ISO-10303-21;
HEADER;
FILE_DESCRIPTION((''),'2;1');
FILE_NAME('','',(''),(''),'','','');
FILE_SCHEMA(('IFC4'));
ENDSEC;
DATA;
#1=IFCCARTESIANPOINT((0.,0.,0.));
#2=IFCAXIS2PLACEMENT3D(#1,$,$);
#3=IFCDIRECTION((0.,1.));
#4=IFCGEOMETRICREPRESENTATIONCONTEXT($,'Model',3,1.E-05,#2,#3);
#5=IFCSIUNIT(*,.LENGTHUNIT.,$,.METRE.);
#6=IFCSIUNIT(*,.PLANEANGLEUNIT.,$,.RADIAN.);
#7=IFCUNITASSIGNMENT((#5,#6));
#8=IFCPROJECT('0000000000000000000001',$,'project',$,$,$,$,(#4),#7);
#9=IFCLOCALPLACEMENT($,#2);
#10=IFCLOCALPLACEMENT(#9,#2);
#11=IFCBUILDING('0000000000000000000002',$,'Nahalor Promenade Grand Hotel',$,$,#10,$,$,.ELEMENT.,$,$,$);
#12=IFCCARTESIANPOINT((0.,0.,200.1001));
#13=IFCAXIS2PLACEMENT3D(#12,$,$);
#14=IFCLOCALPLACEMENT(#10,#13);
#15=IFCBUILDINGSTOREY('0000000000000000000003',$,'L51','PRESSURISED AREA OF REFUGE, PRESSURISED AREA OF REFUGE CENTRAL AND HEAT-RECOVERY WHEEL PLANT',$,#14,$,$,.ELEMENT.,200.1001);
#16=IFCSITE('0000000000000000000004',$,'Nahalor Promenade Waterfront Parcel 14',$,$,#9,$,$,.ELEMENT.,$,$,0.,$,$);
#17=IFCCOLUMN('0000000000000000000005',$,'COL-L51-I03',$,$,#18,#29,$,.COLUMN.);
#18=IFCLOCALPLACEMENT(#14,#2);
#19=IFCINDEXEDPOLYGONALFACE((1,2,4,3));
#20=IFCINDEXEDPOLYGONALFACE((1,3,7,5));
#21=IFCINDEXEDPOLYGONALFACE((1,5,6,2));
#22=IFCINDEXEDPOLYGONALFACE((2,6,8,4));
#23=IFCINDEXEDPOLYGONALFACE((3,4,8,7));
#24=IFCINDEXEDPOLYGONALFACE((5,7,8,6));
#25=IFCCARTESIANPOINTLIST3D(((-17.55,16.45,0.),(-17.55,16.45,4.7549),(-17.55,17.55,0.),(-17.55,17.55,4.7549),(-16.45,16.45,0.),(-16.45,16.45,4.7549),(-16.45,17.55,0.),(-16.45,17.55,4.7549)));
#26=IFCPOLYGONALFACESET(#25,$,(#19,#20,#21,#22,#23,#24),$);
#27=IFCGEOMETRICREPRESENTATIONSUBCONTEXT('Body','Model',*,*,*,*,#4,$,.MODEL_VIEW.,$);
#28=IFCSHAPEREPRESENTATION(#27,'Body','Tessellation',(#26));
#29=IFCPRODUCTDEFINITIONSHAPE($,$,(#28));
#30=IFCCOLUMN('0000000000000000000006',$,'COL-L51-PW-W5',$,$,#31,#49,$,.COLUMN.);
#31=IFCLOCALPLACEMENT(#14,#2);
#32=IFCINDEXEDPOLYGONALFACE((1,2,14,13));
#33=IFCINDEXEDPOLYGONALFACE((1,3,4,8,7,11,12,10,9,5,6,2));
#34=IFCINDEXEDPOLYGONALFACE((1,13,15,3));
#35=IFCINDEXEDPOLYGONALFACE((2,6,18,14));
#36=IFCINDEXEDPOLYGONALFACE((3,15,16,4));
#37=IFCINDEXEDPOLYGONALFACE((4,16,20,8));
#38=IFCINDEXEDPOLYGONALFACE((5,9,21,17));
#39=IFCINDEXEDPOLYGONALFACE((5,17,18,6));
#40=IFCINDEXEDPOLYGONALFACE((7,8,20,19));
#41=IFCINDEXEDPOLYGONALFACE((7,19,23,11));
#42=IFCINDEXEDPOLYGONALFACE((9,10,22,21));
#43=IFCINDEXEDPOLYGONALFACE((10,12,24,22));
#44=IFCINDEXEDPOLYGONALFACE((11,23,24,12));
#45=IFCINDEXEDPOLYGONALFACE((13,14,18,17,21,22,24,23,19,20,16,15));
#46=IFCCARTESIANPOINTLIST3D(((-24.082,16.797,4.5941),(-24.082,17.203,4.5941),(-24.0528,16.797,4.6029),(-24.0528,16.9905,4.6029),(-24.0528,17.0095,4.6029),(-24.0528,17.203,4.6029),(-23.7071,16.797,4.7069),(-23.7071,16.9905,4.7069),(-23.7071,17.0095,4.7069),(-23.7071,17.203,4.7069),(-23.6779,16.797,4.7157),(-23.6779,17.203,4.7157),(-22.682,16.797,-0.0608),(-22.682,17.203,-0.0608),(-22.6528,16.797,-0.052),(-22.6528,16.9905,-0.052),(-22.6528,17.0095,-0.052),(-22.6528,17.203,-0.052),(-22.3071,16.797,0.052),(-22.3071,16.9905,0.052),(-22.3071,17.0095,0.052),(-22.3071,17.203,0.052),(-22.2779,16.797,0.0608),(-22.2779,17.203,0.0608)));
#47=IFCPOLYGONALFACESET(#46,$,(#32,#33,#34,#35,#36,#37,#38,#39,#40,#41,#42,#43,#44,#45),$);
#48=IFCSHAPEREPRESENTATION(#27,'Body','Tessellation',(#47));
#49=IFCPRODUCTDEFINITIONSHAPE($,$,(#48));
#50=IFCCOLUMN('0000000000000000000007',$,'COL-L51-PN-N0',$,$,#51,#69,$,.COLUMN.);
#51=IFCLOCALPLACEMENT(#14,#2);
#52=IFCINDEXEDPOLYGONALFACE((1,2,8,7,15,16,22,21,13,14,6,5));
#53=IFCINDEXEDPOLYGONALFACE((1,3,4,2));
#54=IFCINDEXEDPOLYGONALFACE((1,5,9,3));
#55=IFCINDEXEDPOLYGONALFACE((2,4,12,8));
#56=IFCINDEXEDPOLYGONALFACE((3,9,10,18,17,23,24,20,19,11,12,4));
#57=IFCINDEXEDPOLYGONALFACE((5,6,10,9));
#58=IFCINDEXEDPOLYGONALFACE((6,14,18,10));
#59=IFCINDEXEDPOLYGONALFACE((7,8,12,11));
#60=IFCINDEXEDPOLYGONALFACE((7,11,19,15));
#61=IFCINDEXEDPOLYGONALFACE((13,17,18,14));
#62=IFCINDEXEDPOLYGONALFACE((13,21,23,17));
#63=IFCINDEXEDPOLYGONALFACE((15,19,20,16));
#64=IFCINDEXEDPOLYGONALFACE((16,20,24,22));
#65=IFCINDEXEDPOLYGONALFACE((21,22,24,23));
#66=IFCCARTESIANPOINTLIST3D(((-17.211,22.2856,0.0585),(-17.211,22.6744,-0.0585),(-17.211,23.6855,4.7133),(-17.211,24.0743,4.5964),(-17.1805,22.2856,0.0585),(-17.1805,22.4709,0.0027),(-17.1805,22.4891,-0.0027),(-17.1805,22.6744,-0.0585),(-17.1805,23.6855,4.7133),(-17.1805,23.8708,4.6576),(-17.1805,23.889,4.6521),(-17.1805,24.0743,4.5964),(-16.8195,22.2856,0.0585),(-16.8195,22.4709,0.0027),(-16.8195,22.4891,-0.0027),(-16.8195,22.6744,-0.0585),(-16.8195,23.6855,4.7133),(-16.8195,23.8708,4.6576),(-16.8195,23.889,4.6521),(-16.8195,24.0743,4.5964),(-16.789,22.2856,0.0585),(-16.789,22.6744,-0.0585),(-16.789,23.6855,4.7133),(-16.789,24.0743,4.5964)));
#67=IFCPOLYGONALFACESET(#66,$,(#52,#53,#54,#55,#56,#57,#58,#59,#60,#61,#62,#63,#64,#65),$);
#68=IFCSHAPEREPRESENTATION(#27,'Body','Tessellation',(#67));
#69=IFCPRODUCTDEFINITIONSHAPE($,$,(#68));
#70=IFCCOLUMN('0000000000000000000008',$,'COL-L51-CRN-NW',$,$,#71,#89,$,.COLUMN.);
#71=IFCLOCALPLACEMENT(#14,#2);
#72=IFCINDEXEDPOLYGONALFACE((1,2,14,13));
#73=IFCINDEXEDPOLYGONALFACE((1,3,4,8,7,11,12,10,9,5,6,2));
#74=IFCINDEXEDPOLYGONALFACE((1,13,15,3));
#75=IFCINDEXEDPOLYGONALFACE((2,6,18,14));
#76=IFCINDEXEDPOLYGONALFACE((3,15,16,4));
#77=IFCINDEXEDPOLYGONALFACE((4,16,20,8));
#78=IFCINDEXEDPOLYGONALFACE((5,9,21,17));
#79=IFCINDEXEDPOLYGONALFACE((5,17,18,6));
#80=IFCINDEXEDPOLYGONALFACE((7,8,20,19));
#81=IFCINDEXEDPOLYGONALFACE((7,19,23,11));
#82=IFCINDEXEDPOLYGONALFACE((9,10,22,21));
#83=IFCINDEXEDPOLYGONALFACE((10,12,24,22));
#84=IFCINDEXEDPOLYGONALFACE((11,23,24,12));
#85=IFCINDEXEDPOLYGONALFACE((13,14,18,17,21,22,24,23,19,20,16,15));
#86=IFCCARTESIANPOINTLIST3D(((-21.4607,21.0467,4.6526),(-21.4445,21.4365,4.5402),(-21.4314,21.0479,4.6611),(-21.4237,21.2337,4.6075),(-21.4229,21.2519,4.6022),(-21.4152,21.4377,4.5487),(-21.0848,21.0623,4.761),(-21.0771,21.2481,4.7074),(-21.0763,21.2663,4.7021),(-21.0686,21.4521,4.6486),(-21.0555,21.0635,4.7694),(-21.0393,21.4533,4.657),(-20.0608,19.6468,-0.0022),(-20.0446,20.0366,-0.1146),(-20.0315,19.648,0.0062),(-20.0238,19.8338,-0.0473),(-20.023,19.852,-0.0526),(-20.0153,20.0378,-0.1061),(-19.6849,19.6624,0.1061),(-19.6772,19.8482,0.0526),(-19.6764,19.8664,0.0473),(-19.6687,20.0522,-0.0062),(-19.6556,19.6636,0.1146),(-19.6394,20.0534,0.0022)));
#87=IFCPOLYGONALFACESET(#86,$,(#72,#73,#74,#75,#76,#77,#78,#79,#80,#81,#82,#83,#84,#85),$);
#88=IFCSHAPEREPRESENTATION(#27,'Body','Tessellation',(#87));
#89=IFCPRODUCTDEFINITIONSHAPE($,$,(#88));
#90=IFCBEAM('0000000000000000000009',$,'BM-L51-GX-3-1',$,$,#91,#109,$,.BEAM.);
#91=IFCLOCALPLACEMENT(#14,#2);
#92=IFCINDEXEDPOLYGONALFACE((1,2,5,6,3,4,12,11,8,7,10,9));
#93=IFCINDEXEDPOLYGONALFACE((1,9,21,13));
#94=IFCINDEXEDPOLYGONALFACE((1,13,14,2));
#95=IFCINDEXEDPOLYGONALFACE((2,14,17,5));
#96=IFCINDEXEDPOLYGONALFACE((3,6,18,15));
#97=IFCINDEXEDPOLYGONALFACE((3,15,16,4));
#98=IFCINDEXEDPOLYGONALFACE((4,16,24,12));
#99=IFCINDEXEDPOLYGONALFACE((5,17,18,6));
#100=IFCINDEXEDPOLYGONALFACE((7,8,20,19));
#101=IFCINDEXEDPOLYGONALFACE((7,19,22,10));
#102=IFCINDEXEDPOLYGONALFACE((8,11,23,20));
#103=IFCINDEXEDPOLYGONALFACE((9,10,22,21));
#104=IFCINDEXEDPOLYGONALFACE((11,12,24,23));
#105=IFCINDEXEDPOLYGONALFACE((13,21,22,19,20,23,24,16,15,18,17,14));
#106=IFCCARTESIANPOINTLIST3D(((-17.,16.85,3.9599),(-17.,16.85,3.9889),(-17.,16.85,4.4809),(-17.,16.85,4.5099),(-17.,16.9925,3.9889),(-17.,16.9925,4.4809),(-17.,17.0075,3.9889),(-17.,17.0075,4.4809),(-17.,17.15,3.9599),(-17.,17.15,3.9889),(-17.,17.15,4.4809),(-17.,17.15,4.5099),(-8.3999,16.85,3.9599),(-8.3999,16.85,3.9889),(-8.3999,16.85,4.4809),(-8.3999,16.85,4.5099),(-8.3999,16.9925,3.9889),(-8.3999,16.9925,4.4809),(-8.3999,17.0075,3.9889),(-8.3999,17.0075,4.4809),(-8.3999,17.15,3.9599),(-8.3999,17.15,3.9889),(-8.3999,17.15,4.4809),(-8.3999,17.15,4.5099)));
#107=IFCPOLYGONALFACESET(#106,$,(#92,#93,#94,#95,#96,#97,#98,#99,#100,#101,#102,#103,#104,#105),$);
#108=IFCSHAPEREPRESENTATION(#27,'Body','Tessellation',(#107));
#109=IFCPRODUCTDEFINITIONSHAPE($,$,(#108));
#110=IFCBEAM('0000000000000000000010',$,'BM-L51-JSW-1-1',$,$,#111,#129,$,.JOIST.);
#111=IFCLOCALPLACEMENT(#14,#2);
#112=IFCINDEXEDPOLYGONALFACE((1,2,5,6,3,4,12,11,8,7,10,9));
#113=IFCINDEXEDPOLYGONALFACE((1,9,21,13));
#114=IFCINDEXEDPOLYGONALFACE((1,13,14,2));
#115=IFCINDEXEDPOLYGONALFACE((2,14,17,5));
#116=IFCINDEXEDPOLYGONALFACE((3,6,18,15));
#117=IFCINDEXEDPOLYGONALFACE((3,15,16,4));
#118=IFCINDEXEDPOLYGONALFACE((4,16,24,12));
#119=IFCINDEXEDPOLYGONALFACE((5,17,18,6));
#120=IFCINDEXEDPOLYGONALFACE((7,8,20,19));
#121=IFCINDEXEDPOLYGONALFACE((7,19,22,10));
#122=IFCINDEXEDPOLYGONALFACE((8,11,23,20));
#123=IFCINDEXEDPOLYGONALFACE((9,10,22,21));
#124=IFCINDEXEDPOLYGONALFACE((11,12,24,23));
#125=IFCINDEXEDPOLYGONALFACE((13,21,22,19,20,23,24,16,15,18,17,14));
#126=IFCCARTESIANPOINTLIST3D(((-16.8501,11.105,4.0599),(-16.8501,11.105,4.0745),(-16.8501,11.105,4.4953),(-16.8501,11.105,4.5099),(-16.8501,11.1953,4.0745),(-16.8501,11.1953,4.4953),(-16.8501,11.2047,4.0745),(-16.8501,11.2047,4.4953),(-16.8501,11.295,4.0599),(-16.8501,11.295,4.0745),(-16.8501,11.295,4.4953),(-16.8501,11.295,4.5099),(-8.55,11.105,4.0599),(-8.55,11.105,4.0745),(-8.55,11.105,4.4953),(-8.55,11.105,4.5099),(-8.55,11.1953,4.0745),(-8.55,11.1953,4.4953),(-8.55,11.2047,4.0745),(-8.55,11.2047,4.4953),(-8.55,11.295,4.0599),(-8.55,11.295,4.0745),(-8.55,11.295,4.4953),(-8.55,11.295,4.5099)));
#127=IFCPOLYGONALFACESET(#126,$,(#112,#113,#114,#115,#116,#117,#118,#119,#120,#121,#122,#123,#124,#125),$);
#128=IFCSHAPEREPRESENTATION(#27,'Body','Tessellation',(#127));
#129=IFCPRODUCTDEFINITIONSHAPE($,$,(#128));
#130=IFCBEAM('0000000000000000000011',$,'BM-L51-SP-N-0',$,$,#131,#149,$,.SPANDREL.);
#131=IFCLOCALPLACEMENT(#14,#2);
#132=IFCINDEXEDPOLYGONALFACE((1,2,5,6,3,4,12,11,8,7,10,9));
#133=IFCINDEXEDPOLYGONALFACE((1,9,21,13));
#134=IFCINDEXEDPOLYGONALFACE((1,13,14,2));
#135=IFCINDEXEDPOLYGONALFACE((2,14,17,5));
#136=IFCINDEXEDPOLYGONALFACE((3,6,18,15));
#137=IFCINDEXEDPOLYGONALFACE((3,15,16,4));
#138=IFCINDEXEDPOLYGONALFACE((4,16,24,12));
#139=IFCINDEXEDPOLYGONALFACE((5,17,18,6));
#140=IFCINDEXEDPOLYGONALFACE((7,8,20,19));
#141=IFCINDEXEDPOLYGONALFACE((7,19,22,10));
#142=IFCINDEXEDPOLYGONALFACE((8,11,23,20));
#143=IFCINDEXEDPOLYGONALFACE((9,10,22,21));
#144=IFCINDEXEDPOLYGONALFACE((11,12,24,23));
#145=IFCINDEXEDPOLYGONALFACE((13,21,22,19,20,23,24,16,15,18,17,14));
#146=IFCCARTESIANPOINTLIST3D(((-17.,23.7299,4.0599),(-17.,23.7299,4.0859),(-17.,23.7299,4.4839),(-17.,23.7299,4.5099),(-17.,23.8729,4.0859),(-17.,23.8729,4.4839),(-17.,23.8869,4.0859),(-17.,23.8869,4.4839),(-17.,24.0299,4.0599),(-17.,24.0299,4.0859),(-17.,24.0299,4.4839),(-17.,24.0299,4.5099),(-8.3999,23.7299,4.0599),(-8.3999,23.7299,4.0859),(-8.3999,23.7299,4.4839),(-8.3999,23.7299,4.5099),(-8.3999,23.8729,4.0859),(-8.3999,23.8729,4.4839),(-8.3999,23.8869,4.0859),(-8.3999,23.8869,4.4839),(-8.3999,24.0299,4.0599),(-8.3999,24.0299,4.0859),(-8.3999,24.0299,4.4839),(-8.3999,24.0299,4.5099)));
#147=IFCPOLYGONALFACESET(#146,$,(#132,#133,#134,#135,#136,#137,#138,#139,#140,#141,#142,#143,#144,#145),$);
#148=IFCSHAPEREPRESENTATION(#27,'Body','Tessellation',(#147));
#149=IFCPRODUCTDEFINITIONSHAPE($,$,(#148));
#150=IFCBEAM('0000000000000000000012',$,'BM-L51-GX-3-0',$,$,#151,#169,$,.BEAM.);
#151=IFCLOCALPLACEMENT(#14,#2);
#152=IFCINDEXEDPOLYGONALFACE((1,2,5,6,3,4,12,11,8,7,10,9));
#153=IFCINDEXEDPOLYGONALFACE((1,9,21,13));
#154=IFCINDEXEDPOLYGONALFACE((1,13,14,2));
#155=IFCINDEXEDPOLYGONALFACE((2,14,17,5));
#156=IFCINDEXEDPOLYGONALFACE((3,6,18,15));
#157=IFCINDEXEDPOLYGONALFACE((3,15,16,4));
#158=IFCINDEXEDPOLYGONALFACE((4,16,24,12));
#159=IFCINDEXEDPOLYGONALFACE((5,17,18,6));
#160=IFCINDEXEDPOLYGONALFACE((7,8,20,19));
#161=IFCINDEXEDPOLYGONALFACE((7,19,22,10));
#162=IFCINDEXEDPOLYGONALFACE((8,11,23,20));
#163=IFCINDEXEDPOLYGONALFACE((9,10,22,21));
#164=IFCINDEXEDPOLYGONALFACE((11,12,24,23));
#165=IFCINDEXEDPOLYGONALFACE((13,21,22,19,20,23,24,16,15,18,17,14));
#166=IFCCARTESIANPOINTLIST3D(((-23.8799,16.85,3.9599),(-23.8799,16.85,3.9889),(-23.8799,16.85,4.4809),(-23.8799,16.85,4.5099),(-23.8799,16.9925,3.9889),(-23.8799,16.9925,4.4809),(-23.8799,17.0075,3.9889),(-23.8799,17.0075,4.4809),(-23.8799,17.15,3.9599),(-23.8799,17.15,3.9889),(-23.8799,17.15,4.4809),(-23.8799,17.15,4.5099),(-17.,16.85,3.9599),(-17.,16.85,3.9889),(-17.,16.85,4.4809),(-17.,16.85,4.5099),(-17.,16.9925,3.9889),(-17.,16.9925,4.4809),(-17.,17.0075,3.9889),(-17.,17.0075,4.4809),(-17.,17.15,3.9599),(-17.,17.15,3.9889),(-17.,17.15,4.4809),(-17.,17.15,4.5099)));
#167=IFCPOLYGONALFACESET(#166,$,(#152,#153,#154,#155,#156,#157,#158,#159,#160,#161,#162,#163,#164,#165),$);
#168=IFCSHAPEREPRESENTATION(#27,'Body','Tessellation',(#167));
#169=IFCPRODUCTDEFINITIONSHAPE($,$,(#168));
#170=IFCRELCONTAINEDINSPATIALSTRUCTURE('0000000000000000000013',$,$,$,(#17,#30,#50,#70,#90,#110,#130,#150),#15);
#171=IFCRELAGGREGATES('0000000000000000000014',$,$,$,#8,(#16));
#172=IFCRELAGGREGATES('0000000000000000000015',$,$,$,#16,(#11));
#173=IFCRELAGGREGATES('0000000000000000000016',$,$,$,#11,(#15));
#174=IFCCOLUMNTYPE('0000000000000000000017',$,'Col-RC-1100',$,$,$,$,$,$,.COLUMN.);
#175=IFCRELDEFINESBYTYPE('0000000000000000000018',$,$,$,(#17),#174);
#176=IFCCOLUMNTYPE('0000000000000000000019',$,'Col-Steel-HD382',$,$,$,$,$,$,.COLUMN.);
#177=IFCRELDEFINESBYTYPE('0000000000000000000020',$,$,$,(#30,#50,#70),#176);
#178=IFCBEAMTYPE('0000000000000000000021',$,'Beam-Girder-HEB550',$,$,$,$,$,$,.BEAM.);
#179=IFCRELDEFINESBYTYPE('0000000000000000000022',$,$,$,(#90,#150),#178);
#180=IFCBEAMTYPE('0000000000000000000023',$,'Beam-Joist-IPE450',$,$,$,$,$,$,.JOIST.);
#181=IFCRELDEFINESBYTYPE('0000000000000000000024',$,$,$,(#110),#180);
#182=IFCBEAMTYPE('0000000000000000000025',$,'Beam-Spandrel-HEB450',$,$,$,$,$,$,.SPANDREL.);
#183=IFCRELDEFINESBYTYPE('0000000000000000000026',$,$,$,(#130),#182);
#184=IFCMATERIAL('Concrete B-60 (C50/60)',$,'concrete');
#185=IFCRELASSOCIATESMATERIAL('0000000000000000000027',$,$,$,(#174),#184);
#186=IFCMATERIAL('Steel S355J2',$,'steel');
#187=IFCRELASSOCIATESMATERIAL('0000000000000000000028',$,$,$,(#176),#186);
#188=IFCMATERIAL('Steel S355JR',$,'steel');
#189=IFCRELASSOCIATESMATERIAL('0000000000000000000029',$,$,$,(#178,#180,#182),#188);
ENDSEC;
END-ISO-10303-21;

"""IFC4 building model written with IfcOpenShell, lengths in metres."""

from ifc_helpers import new_model, si_unit, direction, frame, origin, origin_2d, place, context, subcontext, project, spatial, rectangle, i_section, extrude, source, transform, mapped, material, material_profile, profile_set, type_object, element, save


model = new_model("IFC4")

# Units and contexts
model_context = context("Model", 3, precision=1e-05, world=origin(), true_north=direction((0.0, 1.0)))
body_context = subcontext(model_context, "Body", "Model", "MODEL_VIEW")
ifc_project = project(units=[si_unit("LENGTHUNIT", "METRE"), si_unit("PLANEANGLEUNIT", "RADIAN")], contexts=[model_context])

# Site, building, storey
site_placement = place(None, origin())
site = spatial("IfcSite", under=ifc_project, at=site_placement, Name="Nahalor Promenade Waterfront Parcel 14", CompositionType="ELEMENT", RefElevation=0.0)
building_placement = place(site_placement, origin())
building = spatial("IfcBuilding", under=site, at=building_placement, Name="Nahalor Promenade Grand Hotel", CompositionType="ELEMENT")
storey_placement = place(building_placement, frame((0.0, 0.0, 200.1001)))
storey = spatial("IfcBuildingStorey", under=building, at=storey_placement, Name="L51", Description="PRESSURISED AREA OF REFUGE, PRESSURISED AREA OF REFUGE CENTRAL AND HEAT-RECOVERY WHEEL PLANT", CompositionType="ELEMENT", Elevation=200.1001)

# Columns
ifc_material_1 = material(Name="Concrete B-60 (C50/60)", Category="concrete")
ifc_material_profile_1 = material_profile(ifc_material_1, rectangle(XDim=1.1, YDim=1.1, at=origin_2d()), Name="RC 1100x1100")
ifc_profile_set_1 = profile_set([ifc_material_profile_1], Name="Concrete B-60 (C50/60)")
column_type_1 = type_object("IfcColumnType", Name="Col-RC-1100", PredefinedType="COLUMN", material=ifc_profile_set_1)
shared_shape_1 = source(origin(), body_context, "Body", "SweptSolid", [
    extrude(rectangle(XDim=1.1, YDim=1.1, at=origin_2d()), origin(), (0.0, 0.0, 1.0), 4.7549),
])
column_1_placement = place(storey_placement, frame((-17.0, 17.0, 0.0), z_axis=(0.0, 0.0, 1.0), x_axis=(1.0, 0.0, 0.0)))
element("IfcColumn", 1, at=column_1_placement, inside=storey, type_object=column_type_1, Name="COL-L51-I03", PredefinedType="COLUMN", context=body_context, shape_type="MappedRepresentation", body=[
    mapped(shared_shape_1, transform((0.0, 0.0, 0.0), scale=1.0)),
])
ifc_material_2 = material(Name="Steel S355J2", Category="steel")
ifc_material_profile_2 = material_profile(ifc_material_2, i_section(OverallWidth=0.406, OverallDepth=0.422, WebThickness=0.019, FlangeThickness=0.0305, at=origin_2d()), Name="HD 400x382")
ifc_profile_set_2 = profile_set([ifc_material_profile_2], Name="Steel S355J2")
column_type_2 = type_object("IfcColumnType", Name="Col-Steel-HD382", PredefinedType="COLUMN", material=ifc_profile_set_2)
shared_shape_2 = source(origin(), body_context, "Body", "SweptSolid", [
    extrude(i_section(OverallWidth=0.406, OverallDepth=0.422, WebThickness=0.019, FlangeThickness=0.0305, at=origin_2d()), origin(), (0.0, 0.0, 1.0), 4.8608),
])
for number, where, z_axis, x_axis, name in (
    (2, (-22.48, 17.0, 0.0), (-0.288002, 0.0, 0.95763), (0.0, -1.0, 0.0), "COL-L51-PW-W5"),
    (3, (-17.0, 22.48, 0.0), (0.0, 0.288002, 0.95763), (0.0, -0.95763, 0.288002), "COL-L51-PN-N0"),
):
    element("IfcColumn", number, at=place(storey_placement, frame(where, z_axis=z_axis, x_axis=x_axis)), inside=storey, type_object=column_type_2, Name=name, PredefinedType="COLUMN", context=body_context, shape_type="MappedRepresentation", body=[
        mapped(shared_shape_2, transform((0.0, 0.0, 0.0), scale=1.0)),
    ])
shared_shape_3 = source(origin(), body_context, "Body", "SweptSolid", [
    extrude(i_section(OverallWidth=0.406, OverallDepth=0.422, WebThickness=0.019, FlangeThickness=0.0305, at=origin_2d()), origin(), (0.0, 0.0, 1.0), 5.0583),
])
column_2_placement = place(storey_placement, frame((-19.8501, 19.8501, 0.0), z_axis=(-0.276753, 0.276753, 0.920226), x_axis=(-0.039887, -0.960113, 0.276753)))
element("IfcColumn", 4, at=column_2_placement, inside=storey, type_object=column_type_2, Name="COL-L51-CRN-NW", PredefinedType="COLUMN", context=body_context, shape_type="MappedRepresentation", body=[
    mapped(shared_shape_3, transform((0.0, 0.0, 0.0), scale=1.0)),
])

# Beams
ifc_material_3 = material(Name="Steel S355JR", Category="steel")
ifc_material_profile_3 = material_profile(ifc_material_3, i_section(OverallWidth=0.3, OverallDepth=0.55, WebThickness=0.015, FlangeThickness=0.029, at=origin_2d()), Name="HEB 550")
ifc_profile_set_3 = profile_set([ifc_material_profile_3], Name="Steel S355JR")
beam_type_1 = type_object("IfcBeamType", Name="Beam-Girder-HEB550", PredefinedType="BEAM", material=ifc_profile_set_3)
shared_shape_4 = source(origin(), body_context, "Body", "SweptSolid", [
    extrude(i_section(OverallWidth=0.3, OverallDepth=0.55, WebThickness=0.015, FlangeThickness=0.029, at=origin_2d()), origin(), (0.0, 0.0, 1.0), 8.6001),
])
beam_1_placement = place(storey_placement, frame((-17.0, 17.0, 4.2349), z_axis=(1.0, 0.0, 0.0), x_axis=(0.0, 1.0, 0.0)))
element("IfcBeam", 5, at=beam_1_placement, inside=storey, type_object=beam_type_1, Name="BM-L51-GX-3-1", PredefinedType="BEAM", context=body_context, shape_type="MappedRepresentation", body=[
    mapped(shared_shape_4, transform((0.0, 0.0, 0.0), scale=1.0)),
])
ifc_material_profile_4 = material_profile(ifc_material_3, i_section(OverallWidth=0.19, OverallDepth=0.45, WebThickness=0.0094, FlangeThickness=0.0146, at=origin_2d()), Name="IPE 450")
ifc_profile_set_4 = profile_set([ifc_material_profile_4], Name="Steel S355JR")
beam_type_2 = type_object("IfcBeamType", Name="Beam-Joist-IPE450", PredefinedType="JOIST", material=ifc_profile_set_4)
shared_shape_5 = source(origin(), body_context, "Body", "SweptSolid", [
    extrude(i_section(OverallWidth=0.19, OverallDepth=0.45, WebThickness=0.0094, FlangeThickness=0.0146, at=origin_2d()), origin(), (0.0, 0.0, 1.0), 8.3),
])
beam_2_placement = place(storey_placement, frame((-16.8501, 11.2, 4.2849), z_axis=(1.0, 0.0, 0.0), x_axis=(0.0, 1.0, 0.0)))
element("IfcBeam", 6, at=beam_2_placement, inside=storey, type_object=beam_type_2, Name="BM-L51-JSW-1-1", PredefinedType="JOIST", context=body_context, shape_type="MappedRepresentation", body=[
    mapped(shared_shape_5, transform((0.0, 0.0, 0.0), scale=1.0)),
])
ifc_material_profile_5 = material_profile(ifc_material_3, i_section(OverallWidth=0.3, OverallDepth=0.45, WebThickness=0.014, FlangeThickness=0.026, at=origin_2d()), Name="HEB 450")
ifc_profile_set_5 = profile_set([ifc_material_profile_5], Name="Steel S355JR")
beam_type_3 = type_object("IfcBeamType", Name="Beam-Spandrel-HEB450", PredefinedType="SPANDREL", material=ifc_profile_set_5)
shared_shape_6 = source(origin(), body_context, "Body", "SweptSolid", [
    extrude(i_section(OverallWidth=0.3, OverallDepth=0.45, WebThickness=0.014, FlangeThickness=0.026, at=origin_2d()), origin(), (0.0, 0.0, 1.0), 8.6001),
])
beam_3_placement = place(storey_placement, frame((-17.0, 23.8799, 4.2849), z_axis=(1.0, 0.0, 0.0), x_axis=(0.0, 1.0, 0.0)))
element("IfcBeam", 7, at=beam_3_placement, inside=storey, type_object=beam_type_3, Name="BM-L51-SP-N-0", PredefinedType="SPANDREL", context=body_context, shape_type="MappedRepresentation", body=[
    mapped(shared_shape_6, transform((0.0, 0.0, 0.0), scale=1.0)),
])
shared_shape_7 = source(origin(), body_context, "Body", "SweptSolid", [
    extrude(i_section(OverallWidth=0.3, OverallDepth=0.55, WebThickness=0.015, FlangeThickness=0.029, at=origin_2d()), origin(), (0.0, 0.0, 1.0), 6.8799),
])
for number, where, z_axis, x_axis, name in (
    (8, (-23.8799, 17.0, 4.2349), (1.0, 0.0, 0.0), (0.0, 1.0, 0.0), "BM-L51-GX-3-0"),
):
    element("IfcBeam", number, at=place(storey_placement, frame(where, z_axis=z_axis, x_axis=x_axis)), inside=storey, type_object=beam_type_1, Name=name, PredefinedType="BEAM", context=body_context, shape_type="MappedRepresentation", body=[
        mapped(shared_shape_7, transform((0.0, 0.0, 0.0), scale=1.0)),
    ])

save(model, "model.ifc")
